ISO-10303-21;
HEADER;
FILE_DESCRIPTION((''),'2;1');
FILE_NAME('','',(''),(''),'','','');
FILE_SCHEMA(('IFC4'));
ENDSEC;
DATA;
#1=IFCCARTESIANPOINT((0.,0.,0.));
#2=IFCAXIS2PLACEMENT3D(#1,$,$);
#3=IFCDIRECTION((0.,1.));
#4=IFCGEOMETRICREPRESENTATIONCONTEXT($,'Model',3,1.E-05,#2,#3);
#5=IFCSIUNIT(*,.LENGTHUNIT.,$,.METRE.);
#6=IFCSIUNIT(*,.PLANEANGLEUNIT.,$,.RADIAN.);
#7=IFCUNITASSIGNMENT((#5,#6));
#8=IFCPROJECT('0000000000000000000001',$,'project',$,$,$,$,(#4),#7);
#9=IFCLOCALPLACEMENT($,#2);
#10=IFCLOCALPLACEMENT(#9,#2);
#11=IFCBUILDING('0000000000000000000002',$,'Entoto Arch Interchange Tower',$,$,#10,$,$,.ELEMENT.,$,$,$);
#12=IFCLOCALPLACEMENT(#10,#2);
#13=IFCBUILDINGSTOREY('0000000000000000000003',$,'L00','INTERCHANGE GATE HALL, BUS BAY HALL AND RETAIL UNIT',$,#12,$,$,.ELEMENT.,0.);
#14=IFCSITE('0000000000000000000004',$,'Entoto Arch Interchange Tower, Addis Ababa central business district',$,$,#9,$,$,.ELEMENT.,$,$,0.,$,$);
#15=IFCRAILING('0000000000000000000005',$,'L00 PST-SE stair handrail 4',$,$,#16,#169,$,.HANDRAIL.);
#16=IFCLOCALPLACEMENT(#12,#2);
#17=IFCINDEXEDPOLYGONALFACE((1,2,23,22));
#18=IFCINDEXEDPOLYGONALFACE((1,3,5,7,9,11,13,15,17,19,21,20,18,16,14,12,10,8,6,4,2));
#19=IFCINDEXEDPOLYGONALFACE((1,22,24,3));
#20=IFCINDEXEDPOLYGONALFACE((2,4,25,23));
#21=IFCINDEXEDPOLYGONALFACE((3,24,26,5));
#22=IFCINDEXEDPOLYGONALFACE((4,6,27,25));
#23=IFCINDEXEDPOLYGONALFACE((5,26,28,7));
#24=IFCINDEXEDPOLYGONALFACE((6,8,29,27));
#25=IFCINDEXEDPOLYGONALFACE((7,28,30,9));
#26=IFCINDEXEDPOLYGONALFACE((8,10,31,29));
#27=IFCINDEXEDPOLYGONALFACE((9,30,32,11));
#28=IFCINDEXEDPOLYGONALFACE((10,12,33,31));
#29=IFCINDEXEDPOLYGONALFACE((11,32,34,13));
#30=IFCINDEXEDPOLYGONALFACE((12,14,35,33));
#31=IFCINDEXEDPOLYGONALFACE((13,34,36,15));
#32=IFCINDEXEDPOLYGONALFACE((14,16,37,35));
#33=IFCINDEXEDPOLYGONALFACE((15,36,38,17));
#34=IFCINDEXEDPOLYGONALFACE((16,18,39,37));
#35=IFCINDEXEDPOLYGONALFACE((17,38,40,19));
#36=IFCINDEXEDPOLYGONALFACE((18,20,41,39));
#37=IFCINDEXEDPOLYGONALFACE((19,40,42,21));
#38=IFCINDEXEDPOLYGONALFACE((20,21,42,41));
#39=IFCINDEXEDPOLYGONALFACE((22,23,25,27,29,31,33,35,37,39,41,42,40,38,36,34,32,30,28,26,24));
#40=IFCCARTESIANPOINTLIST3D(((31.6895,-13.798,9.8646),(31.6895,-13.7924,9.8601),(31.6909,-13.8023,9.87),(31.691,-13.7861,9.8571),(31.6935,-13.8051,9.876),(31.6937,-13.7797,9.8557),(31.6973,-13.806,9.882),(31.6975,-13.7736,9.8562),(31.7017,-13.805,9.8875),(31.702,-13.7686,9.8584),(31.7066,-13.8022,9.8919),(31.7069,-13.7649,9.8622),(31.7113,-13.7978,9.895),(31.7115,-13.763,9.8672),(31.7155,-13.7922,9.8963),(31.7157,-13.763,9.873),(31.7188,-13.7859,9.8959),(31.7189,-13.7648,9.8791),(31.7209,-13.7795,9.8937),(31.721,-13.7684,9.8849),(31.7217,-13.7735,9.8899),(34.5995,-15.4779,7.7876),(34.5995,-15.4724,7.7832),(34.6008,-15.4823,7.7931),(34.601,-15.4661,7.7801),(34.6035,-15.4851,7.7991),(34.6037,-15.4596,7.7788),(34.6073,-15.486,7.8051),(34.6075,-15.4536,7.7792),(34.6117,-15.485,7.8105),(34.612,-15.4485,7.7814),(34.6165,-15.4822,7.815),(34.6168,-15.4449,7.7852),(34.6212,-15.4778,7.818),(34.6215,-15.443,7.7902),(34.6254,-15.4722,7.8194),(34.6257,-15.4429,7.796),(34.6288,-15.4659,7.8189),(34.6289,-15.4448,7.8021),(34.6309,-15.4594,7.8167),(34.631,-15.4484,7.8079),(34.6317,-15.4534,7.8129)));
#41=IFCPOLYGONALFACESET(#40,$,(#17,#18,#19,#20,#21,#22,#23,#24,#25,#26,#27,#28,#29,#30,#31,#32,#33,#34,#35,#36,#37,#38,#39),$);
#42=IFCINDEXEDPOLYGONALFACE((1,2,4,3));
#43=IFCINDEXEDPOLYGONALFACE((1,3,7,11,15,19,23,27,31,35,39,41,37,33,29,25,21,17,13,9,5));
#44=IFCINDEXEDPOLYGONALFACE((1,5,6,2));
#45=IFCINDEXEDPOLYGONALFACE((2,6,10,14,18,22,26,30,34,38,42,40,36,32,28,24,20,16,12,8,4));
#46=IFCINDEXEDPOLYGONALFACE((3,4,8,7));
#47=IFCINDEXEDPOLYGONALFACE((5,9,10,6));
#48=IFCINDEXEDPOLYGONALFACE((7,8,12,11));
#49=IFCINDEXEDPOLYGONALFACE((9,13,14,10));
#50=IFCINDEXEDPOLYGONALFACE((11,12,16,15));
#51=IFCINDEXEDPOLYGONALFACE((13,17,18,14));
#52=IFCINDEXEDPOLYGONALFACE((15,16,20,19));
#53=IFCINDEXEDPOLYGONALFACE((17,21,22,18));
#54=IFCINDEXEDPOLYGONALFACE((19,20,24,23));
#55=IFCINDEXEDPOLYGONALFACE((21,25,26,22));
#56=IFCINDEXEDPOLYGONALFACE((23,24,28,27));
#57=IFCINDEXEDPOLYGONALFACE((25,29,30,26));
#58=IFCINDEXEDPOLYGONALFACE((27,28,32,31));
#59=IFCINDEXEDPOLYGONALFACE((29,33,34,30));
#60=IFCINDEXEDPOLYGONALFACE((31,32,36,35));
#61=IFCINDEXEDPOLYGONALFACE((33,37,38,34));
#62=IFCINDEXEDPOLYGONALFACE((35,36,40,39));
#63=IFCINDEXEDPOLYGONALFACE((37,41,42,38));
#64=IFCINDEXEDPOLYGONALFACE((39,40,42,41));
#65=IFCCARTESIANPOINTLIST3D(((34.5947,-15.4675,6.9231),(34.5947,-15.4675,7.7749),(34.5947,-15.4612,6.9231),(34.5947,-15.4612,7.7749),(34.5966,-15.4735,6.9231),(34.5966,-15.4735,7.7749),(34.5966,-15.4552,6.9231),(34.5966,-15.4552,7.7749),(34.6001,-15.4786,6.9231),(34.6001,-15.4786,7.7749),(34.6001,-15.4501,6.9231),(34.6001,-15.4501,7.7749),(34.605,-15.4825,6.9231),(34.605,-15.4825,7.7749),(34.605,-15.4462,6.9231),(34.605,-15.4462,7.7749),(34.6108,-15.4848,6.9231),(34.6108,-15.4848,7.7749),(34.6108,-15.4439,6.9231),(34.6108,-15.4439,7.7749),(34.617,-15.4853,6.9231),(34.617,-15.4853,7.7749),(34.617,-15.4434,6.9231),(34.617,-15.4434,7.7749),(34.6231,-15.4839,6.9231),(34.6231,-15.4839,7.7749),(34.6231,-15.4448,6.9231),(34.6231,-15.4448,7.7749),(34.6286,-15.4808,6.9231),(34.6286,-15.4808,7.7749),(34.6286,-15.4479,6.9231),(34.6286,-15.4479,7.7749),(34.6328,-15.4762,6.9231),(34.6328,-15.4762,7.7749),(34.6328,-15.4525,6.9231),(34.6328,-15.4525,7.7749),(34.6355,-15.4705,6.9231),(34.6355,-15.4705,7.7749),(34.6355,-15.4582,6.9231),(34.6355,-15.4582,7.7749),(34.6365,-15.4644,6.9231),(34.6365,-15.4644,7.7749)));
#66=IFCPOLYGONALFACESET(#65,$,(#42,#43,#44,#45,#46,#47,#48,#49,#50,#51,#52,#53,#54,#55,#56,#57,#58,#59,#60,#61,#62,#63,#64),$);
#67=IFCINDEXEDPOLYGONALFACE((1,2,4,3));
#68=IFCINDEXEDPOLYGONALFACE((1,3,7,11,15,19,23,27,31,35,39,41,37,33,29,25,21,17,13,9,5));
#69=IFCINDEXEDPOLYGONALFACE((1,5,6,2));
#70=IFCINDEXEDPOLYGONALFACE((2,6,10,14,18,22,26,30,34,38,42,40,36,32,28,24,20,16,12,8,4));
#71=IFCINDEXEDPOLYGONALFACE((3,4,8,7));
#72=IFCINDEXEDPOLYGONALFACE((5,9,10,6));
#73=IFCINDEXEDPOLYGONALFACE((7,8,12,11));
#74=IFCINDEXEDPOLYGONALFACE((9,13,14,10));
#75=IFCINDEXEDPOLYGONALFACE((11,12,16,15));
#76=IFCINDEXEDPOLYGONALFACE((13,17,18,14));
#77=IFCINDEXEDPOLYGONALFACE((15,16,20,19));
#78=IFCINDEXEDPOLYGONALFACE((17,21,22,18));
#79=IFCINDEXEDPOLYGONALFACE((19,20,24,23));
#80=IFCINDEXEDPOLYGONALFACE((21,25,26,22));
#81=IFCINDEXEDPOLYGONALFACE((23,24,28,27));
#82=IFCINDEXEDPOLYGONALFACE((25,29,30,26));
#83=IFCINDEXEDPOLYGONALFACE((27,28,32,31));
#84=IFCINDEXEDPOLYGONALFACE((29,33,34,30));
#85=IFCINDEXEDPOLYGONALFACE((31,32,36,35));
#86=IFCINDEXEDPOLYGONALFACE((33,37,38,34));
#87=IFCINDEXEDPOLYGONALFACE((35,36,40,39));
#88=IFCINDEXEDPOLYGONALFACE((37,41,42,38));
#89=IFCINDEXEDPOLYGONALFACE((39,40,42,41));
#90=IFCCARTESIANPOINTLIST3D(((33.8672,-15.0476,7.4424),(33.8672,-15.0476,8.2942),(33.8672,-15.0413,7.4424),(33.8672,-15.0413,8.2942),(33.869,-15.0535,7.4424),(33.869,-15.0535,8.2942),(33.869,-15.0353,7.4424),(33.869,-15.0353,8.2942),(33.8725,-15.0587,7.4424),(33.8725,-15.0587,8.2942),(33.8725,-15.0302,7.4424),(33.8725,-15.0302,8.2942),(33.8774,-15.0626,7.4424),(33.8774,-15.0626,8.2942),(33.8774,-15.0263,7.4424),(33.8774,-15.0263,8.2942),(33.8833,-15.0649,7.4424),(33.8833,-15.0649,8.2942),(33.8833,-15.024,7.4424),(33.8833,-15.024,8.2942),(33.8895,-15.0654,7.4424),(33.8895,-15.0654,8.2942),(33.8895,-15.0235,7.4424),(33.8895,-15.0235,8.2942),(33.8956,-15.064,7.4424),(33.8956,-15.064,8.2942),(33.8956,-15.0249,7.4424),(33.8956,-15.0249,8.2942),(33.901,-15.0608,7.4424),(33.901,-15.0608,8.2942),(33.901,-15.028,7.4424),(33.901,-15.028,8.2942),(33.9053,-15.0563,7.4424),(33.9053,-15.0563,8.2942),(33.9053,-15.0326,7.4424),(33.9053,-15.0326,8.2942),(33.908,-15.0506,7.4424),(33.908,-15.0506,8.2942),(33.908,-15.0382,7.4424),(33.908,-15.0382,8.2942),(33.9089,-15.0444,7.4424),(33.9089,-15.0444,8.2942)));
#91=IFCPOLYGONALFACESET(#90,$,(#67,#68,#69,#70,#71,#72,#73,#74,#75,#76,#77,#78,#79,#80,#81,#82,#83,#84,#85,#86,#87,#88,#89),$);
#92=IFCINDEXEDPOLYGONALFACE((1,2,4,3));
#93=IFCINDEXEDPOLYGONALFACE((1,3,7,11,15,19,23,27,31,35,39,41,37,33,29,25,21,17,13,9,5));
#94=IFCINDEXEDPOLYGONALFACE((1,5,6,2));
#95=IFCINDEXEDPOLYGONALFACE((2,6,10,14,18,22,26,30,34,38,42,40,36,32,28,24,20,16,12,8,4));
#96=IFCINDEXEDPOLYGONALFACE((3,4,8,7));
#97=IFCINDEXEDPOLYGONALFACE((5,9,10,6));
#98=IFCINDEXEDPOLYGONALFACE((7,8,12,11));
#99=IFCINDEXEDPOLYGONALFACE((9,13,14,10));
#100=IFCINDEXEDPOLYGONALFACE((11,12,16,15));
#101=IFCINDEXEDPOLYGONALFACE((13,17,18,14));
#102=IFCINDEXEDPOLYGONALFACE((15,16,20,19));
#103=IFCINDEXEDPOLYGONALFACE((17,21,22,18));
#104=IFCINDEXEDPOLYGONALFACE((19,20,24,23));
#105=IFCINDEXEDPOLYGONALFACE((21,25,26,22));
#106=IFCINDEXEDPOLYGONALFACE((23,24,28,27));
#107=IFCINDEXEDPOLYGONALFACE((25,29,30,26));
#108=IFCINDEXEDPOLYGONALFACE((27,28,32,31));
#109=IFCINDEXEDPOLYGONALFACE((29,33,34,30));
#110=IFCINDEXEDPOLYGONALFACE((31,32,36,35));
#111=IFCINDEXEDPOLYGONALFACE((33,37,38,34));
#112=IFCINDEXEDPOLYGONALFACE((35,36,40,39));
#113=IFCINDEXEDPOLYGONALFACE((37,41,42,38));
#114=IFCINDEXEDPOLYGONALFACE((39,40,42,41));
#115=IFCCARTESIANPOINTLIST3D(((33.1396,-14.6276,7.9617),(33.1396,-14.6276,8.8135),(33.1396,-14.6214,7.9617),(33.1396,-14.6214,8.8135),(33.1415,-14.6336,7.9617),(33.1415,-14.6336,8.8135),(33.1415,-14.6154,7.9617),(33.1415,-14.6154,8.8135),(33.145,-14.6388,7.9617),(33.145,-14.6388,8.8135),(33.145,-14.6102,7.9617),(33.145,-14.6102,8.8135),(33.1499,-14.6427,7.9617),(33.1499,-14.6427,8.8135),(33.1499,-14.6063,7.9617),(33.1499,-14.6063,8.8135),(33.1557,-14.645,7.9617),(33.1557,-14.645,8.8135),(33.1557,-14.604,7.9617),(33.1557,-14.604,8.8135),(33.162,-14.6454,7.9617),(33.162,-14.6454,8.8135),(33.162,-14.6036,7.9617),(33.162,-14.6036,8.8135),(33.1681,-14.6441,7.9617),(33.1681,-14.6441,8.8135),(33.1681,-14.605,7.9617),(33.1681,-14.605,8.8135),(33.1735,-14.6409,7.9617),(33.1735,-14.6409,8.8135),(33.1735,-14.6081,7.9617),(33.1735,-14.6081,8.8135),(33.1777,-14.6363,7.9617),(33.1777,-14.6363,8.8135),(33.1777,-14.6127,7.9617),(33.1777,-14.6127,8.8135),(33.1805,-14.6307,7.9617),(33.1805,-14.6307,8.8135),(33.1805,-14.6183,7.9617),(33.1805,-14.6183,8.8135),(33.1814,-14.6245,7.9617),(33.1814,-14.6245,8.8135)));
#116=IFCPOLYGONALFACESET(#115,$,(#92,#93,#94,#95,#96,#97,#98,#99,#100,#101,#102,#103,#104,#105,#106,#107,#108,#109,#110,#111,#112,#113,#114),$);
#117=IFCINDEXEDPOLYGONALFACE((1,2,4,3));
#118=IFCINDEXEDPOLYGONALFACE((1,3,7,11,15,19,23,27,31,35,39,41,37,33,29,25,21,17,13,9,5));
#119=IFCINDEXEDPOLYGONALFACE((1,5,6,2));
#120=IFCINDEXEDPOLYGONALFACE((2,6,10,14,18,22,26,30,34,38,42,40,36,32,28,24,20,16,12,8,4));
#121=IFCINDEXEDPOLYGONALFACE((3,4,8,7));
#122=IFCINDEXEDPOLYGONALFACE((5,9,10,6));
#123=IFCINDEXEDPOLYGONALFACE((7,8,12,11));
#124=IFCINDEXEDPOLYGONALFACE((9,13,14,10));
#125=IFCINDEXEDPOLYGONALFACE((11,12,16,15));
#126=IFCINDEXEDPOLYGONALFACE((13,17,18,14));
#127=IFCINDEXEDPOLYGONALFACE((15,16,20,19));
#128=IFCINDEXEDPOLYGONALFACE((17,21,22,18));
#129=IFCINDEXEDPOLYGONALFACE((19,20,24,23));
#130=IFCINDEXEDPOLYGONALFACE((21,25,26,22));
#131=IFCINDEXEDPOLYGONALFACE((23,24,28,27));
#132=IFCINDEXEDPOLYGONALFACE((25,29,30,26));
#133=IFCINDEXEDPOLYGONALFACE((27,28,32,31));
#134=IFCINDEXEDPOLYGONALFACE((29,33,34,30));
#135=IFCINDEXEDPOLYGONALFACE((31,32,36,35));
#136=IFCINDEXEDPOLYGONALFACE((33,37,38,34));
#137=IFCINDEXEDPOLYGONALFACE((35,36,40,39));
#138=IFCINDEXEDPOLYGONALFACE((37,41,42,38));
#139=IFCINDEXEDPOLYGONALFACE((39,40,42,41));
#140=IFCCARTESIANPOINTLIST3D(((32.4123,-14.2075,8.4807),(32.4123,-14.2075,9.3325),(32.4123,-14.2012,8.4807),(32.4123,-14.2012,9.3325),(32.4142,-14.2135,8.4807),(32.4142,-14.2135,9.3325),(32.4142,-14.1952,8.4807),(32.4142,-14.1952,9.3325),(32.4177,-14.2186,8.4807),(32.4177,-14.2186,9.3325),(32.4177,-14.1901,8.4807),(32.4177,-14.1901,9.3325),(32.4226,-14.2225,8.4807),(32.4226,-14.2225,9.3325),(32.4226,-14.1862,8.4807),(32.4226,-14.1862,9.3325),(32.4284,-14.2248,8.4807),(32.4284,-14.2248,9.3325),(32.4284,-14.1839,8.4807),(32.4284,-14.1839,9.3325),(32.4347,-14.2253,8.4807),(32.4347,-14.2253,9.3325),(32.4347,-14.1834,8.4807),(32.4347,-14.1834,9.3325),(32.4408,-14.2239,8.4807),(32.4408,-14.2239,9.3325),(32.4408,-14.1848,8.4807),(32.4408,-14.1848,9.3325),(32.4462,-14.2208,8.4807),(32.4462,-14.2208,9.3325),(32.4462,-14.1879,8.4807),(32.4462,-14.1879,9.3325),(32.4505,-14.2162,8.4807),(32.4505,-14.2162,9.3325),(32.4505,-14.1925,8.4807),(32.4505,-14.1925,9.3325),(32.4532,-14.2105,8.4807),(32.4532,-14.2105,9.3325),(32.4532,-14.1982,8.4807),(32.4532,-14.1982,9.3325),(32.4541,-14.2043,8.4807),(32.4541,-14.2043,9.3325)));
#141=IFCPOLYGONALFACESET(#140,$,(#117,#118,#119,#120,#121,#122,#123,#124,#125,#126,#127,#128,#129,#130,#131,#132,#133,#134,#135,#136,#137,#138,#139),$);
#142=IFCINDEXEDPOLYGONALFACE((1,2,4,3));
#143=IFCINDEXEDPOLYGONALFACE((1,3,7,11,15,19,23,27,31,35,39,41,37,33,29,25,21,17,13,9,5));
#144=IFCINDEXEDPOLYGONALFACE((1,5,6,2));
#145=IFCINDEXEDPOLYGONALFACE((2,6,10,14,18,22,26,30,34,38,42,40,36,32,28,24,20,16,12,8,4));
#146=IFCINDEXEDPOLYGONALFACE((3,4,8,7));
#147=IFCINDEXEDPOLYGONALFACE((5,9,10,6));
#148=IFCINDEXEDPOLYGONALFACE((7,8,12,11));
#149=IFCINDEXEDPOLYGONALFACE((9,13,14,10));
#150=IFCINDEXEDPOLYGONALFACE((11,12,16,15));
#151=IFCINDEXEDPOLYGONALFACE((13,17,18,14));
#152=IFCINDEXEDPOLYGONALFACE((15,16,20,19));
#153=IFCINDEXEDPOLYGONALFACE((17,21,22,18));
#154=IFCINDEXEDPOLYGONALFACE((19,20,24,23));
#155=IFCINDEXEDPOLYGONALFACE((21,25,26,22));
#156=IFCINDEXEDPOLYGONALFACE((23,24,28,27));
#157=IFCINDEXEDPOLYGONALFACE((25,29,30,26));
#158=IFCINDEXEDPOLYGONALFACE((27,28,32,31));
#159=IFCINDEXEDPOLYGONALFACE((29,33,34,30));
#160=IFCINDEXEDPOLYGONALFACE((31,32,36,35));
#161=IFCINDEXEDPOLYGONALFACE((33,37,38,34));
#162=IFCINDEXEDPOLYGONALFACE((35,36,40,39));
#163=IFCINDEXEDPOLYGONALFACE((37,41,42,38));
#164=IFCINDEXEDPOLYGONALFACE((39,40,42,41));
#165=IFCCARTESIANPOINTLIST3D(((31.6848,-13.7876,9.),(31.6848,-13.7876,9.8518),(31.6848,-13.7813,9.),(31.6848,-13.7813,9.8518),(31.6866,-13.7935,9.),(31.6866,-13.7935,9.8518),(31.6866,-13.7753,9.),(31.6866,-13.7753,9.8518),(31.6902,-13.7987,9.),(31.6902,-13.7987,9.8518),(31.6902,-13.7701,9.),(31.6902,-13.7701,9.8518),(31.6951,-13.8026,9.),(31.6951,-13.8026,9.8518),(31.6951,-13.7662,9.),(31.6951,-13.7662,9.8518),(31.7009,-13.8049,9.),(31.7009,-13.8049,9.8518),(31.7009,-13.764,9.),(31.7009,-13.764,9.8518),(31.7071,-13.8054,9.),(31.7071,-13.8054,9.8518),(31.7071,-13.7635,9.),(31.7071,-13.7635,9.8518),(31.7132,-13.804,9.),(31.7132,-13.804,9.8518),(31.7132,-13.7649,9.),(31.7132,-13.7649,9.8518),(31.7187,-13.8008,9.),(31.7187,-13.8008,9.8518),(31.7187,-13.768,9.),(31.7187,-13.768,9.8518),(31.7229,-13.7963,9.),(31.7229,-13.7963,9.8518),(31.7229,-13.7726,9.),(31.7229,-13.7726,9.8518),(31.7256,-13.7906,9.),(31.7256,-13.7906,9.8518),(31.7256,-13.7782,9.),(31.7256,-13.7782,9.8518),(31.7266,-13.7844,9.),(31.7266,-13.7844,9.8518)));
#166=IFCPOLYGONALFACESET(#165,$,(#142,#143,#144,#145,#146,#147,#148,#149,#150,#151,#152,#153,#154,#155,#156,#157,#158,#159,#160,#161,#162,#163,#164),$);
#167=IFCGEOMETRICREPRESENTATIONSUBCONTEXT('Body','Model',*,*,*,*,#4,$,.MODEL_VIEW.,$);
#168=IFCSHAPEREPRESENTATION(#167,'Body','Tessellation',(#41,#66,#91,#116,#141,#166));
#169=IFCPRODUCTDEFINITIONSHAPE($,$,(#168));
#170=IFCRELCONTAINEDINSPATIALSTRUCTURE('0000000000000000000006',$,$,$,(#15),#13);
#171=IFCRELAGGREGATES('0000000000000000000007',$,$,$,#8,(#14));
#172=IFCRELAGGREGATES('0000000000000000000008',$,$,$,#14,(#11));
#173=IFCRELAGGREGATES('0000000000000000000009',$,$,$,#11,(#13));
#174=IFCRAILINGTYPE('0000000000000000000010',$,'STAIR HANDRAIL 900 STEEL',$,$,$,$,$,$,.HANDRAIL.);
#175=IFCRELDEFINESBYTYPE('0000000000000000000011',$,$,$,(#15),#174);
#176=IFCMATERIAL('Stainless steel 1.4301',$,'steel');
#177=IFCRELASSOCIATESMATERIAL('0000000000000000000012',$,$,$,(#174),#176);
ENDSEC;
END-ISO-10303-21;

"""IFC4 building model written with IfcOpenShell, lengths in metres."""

from ifc_helpers import new_model, si_unit, direction, frame, origin, origin_2d, place, context, subcontext, project, spatial, circle, extrude, material, type_object, element, save


model = new_model("IFC4")

# Units and contexts
model_context = context("Model", 3, precision=1e-05, world=origin(), true_north=direction((0.0, 1.0)))
body_context = subcontext(model_context, "Body", "Model", "MODEL_VIEW")
ifc_project = project(units=[si_unit("LENGTHUNIT", "METRE"), si_unit("PLANEANGLEUNIT", "RADIAN")], contexts=[model_context])

# Site, building, storey
site_placement = place(None, origin())
site = spatial("IfcSite", under=ifc_project, at=site_placement, Name="Entoto Arch Interchange Tower, Addis Ababa central business district", CompositionType="ELEMENT", RefElevation=0.0)
building_placement = place(site_placement, origin())
building = spatial("IfcBuilding", under=site, at=building_placement, Name="Entoto Arch Interchange Tower", CompositionType="ELEMENT")
storey_placement = place(building_placement, origin())
storey = spatial("IfcBuildingStorey", under=building, at=storey_placement, Name="L00", Description="INTERCHANGE GATE HALL, BUS BAY HALL AND RETAIL UNIT", CompositionType="ELEMENT", Elevation=0.0)

# Railing
ifc_material_1 = material(Name="Stainless steel 1.4301", Category="steel")
railing_type_1 = type_object("IfcRailingType", Name="STAIR HANDRAIL 900 STEEL", PredefinedType="HANDRAIL", material=ifc_material_1)
for number, where, name in (
    (1, (34.6155, -15.4644, 6.9231), "L00 PST-SE stair handrail 4"),
):
    element("IfcRailing", number, at=place(storey_placement, frame(where)), inside=storey, type_object=railing_type_1, Name=name, PredefinedType="HANDRAIL", context=body_context, shape_type="SweptSolid", body=[
        extrude(circle(Radius=0.0239, at=origin_2d()), frame((0.0, 0.0, 0.876), z_axis=(-0.736668, 0.425288, 0.525785), x_axis=(-0.499976, -0.866039, 0.0)), (0.0, 0.0, 1.0), 3.9502),
        extrude(circle(Radius=0.021, at=origin_2d()), origin(), (0.0, 0.0, 1.0), 0.8518),
        extrude(circle(Radius=0.021, at=origin_2d()), frame((-0.7275, 0.4199, 0.5193)), (0.0, 0.0, 1.0), 0.8518),
        extrude(circle(Radius=0.021, at=origin_2d()), frame((-1.4551, 0.8398, 1.0386)), (0.0, 0.0, 1.0), 0.8518),
        extrude(circle(Radius=0.021, at=origin_2d()), frame((-2.1824, 1.26, 1.5576)), (0.0, 0.0, 1.0), 0.8518),
        extrude(circle(Radius=0.021, at=origin_2d()), frame((-2.9099, 1.6799, 2.0769)), (0.0, 0.0, 1.0), 0.8518),
    ])

save(model, "model.ifc")
